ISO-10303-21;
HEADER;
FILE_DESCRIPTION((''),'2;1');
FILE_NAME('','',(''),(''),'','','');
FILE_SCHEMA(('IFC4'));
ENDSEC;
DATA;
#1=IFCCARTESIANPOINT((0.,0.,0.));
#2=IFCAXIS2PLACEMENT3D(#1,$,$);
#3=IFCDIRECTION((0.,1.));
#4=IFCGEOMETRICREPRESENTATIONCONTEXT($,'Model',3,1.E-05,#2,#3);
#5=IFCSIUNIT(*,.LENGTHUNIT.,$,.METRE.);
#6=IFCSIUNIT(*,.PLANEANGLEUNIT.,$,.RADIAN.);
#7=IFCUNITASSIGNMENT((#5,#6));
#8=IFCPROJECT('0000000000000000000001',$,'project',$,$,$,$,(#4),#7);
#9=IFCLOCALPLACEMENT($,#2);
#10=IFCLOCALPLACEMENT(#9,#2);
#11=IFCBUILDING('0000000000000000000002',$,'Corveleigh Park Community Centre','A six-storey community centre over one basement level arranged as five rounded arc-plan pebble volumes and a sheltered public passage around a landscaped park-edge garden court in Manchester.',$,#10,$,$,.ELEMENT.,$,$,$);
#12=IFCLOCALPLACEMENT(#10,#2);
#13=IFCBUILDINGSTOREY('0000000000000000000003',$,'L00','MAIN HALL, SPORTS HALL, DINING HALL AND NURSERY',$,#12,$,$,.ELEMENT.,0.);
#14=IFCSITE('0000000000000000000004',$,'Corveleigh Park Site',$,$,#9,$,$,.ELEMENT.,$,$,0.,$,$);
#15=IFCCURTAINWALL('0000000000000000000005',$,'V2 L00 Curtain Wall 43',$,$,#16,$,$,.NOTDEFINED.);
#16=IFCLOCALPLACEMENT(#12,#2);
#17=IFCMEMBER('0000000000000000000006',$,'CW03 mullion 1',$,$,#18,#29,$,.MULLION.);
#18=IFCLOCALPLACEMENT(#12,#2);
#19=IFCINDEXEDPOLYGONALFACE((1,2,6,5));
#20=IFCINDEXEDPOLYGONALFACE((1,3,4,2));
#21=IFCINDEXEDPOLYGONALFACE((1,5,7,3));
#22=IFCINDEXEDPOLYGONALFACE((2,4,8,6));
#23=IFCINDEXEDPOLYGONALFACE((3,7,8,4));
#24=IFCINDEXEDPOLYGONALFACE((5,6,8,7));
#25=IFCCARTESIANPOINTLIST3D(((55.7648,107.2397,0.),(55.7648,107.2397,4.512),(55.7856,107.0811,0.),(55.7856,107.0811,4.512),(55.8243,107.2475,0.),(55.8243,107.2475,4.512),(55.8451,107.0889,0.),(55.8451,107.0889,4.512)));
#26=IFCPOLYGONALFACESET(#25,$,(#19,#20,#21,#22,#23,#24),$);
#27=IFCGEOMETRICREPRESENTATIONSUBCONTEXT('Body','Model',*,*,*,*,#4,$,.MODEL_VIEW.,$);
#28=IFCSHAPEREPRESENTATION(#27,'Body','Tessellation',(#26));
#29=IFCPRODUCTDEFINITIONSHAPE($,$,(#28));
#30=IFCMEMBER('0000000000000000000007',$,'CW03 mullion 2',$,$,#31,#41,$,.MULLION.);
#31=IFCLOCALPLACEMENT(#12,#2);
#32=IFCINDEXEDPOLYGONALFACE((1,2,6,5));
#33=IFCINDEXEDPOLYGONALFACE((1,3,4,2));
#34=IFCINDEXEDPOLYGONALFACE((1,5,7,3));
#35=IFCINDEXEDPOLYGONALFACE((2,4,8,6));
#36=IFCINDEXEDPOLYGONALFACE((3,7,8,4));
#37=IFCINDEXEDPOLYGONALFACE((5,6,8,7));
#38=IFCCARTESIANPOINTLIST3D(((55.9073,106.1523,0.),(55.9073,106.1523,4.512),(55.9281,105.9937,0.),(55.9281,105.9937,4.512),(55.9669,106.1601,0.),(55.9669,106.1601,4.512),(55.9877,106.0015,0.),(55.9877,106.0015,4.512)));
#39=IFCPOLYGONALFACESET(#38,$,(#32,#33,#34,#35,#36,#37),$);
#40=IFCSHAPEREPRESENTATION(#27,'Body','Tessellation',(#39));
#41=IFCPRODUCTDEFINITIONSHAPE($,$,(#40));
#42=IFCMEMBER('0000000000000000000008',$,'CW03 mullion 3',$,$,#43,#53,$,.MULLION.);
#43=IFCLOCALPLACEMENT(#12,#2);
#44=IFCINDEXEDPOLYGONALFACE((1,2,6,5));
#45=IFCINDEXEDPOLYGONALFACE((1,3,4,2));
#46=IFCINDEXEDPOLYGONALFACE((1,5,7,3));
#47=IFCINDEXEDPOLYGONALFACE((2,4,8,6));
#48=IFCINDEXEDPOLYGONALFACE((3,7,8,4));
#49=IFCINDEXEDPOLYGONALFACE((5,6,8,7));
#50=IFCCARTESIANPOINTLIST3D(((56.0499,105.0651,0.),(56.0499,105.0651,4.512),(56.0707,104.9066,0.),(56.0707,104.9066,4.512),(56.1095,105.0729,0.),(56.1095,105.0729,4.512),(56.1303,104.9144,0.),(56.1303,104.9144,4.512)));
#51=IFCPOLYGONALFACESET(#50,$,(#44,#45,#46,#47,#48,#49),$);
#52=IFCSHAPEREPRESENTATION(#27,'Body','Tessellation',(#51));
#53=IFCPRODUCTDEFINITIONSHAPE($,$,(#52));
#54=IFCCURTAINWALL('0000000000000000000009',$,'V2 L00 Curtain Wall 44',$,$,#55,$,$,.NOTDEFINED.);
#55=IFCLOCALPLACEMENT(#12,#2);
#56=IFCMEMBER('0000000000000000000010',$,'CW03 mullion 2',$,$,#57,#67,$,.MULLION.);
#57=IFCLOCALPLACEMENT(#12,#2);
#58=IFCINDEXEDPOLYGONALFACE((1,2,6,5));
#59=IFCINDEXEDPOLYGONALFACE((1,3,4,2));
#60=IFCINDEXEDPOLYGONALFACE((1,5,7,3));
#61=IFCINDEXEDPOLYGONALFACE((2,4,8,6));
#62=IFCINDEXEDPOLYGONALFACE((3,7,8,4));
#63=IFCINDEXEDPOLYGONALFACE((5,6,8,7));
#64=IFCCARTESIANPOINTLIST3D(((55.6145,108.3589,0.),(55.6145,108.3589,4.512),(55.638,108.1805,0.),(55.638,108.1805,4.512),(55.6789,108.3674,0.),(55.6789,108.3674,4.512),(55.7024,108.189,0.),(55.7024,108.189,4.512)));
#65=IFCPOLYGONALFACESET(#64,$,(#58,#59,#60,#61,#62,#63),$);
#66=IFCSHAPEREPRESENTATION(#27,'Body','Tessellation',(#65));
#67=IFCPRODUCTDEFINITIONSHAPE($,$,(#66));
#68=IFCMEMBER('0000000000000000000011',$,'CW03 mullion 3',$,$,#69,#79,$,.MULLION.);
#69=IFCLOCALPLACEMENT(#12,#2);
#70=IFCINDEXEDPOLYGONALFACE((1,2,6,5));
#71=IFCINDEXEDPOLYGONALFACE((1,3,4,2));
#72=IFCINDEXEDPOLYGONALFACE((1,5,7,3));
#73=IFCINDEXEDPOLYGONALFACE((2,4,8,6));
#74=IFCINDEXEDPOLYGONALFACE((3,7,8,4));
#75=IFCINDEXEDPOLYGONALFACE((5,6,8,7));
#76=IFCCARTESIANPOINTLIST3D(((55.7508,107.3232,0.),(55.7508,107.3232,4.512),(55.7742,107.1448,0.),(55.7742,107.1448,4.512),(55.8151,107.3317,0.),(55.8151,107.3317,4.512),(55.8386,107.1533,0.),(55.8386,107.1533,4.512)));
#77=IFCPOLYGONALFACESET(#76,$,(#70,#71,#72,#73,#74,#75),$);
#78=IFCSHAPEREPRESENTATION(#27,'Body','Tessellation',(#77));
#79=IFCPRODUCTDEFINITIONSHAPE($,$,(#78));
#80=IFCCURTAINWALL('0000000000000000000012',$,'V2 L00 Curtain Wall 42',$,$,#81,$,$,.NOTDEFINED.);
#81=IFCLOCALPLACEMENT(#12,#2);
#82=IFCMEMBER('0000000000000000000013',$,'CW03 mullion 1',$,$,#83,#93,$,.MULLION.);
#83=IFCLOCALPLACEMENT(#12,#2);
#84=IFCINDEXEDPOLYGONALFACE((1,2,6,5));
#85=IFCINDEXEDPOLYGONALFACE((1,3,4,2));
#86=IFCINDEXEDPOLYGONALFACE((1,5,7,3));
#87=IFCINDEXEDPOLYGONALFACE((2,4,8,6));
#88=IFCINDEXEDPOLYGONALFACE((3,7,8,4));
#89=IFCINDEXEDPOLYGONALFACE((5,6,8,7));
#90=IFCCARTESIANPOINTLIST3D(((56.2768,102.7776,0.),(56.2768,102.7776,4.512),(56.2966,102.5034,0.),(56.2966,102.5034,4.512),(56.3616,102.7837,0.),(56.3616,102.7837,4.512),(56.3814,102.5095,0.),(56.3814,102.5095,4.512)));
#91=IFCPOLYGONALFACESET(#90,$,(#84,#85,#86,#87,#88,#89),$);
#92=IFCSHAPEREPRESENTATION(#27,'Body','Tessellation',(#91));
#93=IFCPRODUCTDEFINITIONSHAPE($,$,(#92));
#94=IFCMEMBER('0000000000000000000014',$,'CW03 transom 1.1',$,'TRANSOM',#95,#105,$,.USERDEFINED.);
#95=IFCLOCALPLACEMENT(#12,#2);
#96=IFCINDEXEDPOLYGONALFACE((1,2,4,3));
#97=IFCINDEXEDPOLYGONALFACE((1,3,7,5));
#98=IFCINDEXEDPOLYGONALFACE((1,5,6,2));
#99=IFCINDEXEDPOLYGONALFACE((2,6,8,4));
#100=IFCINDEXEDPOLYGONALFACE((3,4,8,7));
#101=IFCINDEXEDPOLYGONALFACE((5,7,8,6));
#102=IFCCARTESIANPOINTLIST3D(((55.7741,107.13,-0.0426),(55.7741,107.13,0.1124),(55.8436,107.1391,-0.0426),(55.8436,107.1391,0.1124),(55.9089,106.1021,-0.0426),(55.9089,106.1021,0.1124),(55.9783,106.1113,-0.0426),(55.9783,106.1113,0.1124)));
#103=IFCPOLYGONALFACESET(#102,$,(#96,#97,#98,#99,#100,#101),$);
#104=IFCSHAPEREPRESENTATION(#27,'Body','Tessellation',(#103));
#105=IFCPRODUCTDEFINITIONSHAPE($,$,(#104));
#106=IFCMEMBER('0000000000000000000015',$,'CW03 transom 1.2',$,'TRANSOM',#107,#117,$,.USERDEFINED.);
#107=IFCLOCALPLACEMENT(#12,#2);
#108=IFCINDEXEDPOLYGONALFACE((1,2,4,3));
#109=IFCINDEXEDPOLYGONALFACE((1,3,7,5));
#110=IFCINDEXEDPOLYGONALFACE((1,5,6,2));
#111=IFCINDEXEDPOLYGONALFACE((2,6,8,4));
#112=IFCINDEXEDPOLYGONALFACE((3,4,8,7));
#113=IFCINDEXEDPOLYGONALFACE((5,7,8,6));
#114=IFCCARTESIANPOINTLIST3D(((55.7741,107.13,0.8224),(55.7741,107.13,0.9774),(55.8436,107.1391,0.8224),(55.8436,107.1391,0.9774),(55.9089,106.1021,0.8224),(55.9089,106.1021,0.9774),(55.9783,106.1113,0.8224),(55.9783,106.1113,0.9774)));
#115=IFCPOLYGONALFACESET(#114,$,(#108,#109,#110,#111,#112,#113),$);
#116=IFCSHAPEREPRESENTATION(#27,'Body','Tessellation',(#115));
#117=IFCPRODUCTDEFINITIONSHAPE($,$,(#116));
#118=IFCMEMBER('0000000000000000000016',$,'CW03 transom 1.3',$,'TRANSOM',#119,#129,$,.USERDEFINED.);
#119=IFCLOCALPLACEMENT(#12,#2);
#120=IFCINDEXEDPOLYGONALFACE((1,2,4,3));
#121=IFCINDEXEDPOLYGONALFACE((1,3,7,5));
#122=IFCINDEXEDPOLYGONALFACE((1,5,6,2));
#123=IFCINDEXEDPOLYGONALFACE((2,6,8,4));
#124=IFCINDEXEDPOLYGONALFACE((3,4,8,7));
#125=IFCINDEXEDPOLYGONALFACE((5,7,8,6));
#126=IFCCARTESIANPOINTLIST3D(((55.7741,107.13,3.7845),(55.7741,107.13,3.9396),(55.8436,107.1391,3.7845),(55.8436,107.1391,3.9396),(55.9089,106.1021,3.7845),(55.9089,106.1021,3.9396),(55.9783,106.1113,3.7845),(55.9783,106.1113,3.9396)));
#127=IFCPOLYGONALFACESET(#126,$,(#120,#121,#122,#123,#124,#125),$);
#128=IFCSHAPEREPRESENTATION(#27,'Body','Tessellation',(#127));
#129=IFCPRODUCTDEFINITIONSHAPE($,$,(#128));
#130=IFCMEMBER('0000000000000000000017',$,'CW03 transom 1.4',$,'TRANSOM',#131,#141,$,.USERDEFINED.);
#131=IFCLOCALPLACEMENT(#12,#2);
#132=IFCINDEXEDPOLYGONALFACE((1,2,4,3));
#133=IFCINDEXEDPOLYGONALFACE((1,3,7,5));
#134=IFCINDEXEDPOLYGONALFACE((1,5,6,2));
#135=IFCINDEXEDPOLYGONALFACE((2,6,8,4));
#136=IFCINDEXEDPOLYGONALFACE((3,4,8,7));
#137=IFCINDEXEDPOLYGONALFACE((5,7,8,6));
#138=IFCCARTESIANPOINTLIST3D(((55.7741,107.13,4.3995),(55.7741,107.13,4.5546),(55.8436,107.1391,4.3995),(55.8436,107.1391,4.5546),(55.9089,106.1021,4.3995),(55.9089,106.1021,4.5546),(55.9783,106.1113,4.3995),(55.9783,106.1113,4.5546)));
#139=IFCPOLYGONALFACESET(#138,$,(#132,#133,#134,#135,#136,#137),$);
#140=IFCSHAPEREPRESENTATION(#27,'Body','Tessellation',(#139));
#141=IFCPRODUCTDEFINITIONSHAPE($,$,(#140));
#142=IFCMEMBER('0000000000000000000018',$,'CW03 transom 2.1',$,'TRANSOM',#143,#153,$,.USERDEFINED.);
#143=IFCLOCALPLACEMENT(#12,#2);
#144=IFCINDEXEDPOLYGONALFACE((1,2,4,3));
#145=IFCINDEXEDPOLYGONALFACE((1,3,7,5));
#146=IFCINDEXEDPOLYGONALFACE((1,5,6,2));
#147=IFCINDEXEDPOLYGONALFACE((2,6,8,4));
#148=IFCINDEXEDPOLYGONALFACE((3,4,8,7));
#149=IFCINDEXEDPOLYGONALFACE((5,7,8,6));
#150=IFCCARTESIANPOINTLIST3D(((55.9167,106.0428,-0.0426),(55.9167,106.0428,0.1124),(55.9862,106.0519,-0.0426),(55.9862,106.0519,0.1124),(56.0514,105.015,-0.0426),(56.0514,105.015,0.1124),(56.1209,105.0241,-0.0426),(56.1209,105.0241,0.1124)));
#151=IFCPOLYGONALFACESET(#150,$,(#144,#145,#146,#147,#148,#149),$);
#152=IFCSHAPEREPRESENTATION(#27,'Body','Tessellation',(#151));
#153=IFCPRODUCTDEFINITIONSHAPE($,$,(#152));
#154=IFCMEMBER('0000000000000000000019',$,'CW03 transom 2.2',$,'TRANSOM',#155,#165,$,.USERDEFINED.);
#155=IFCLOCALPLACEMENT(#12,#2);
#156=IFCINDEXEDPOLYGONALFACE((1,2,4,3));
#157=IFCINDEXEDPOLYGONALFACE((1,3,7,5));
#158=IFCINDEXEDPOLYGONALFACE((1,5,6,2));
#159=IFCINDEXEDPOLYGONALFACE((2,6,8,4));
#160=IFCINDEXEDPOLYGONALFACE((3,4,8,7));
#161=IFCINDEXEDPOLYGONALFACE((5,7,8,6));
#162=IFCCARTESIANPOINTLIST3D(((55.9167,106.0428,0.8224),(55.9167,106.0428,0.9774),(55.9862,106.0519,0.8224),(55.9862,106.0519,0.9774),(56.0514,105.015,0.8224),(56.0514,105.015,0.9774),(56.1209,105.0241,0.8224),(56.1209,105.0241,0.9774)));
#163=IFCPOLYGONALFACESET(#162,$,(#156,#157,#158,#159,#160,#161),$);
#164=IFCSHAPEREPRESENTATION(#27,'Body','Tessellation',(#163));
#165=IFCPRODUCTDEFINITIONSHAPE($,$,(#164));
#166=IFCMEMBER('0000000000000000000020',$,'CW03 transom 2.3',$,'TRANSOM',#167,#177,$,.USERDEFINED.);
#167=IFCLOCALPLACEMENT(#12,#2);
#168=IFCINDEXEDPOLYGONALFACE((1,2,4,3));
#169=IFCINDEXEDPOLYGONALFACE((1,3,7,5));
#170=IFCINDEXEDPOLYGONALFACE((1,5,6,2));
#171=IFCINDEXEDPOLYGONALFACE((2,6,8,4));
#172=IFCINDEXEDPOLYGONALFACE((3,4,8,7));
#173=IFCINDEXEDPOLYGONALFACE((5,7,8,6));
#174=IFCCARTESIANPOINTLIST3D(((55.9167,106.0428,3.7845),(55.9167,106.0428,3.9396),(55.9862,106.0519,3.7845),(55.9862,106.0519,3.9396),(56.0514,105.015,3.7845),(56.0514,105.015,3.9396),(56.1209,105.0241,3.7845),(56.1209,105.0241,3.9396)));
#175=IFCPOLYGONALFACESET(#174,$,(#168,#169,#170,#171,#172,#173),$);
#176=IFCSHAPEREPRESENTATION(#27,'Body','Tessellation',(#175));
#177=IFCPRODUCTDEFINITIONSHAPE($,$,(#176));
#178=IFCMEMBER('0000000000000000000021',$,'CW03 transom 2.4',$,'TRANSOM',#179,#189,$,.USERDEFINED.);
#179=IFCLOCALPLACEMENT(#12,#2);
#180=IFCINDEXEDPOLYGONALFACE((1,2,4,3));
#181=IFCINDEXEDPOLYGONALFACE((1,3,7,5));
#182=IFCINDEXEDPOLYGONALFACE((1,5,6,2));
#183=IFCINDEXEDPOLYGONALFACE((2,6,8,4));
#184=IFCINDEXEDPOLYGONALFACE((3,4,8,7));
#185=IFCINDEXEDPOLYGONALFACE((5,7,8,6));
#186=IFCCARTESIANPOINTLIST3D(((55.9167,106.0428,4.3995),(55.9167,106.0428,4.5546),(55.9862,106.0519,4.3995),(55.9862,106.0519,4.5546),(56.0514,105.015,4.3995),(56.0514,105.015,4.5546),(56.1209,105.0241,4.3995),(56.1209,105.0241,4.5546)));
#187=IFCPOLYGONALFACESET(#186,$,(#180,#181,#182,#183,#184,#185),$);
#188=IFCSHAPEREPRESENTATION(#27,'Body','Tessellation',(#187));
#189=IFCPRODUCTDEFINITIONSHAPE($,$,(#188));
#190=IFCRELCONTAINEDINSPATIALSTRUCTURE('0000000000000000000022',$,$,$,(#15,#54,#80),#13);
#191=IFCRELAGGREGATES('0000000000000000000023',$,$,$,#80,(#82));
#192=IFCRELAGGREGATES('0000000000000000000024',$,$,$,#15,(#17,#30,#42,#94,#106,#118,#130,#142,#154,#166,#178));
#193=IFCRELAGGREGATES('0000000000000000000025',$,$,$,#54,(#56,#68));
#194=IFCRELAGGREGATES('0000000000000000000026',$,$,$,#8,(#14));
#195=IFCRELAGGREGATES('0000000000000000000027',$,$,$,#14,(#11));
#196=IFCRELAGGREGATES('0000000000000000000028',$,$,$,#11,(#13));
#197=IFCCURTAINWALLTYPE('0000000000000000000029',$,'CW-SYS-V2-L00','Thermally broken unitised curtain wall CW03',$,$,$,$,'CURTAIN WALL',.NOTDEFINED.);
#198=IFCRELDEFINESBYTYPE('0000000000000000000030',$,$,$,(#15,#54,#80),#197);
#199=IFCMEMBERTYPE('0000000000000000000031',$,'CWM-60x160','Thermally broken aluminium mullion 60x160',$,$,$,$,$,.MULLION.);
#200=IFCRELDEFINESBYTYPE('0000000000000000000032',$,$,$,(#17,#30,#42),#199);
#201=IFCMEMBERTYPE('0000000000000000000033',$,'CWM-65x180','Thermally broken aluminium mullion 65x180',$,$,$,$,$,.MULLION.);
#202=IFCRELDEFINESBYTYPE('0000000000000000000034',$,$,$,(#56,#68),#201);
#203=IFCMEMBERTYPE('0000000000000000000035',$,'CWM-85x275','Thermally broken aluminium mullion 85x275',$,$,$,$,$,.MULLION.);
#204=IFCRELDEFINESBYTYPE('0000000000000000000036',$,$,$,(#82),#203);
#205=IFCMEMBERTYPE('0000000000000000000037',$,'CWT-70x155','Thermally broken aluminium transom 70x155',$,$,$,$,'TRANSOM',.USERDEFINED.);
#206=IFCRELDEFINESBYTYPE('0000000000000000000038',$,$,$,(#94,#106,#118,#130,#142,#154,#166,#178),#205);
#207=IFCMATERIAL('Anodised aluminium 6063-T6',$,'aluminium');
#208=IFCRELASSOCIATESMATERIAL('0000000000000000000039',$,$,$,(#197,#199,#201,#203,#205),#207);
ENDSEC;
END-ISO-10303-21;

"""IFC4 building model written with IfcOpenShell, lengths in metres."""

from ifc_helpers import new_model, si_unit, direction, frame, origin, origin_2d, place, context, subcontext, project, spatial, rectangle, extrude, material, material_profile, profile_set, type_object, element, aggregate, save


model = new_model("IFC4")

# Units and contexts
model_context = context("Model", 3, precision=1e-05, world=origin(), true_north=direction((0.0, 1.0)))
body_context = subcontext(model_context, "Body", "Model", "MODEL_VIEW")
ifc_project = project(units=[si_unit("LENGTHUNIT", "METRE"), si_unit("PLANEANGLEUNIT", "RADIAN")], contexts=[model_context])

# Site, building, storey
site_placement = place(None, origin())
site = spatial("IfcSite", under=ifc_project, at=site_placement, Name="Corveleigh Park Site", CompositionType="ELEMENT", RefElevation=0.0)
building_placement = place(site_placement, origin())
building = spatial("IfcBuilding", under=site, at=building_placement, Name="Corveleigh Park Community Centre", Description="A six-storey community centre over one basement level arranged as five rounded arc-plan pebble volumes and a sheltered public passage around a landscaped park-edge garden court in Manchester.", CompositionType="ELEMENT")
storey_placement = place(building_placement, origin())
storey = spatial("IfcBuildingStorey", under=building, at=storey_placement, Name="L00", Description="MAIN HALL, SPORTS HALL, DINING HALL AND NURSERY", CompositionType="ELEMENT", Elevation=0.0)

# Curtain walls, members
ifc_material_1 = material(Name="Anodised aluminium 6063-T6", Category="aluminium")
curtain_wall_type = type_object("IfcCurtainWallType", Name="CW-SYS-V2-L00", Description="Thermally broken unitised curtain wall CW03", ElementType="CURTAIN WALL", PredefinedType="NOTDEFINED", material=ifc_material_1)
curtain_wall_1_placement = place(storey_placement, origin())
curtain_wall_1 = element("IfcCurtainWall", 1, at=curtain_wall_1_placement, inside=storey, type_object=curtain_wall_type, Name="V2 L00 Curtain Wall 43", PredefinedType="NOTDEFINED")
ifc_material_profile_1 = material_profile(ifc_material_1, rectangle(XDim=0.0601, YDim=0.1599, at=origin_2d()), Name="ALU-M60x160", Category="aluminium")
ifc_profile_set_1 = profile_set([ifc_material_profile_1], Name="Anodised aluminium 6063-T6")
member_type_1 = type_object("IfcMemberType", Name="CWM-60x160", Description="Thermally broken aluminium mullion 60x160", PredefinedType="MULLION", material=ifc_profile_set_1)
member_1_placement = place(storey_placement, frame((55.8049, 107.1643, 0.0), z_axis=(0.0, 0.0, 1.0), x_axis=(0.991509, 0.130041, 0.0)))
member_1 = element("IfcMember", 2, at=member_1_placement, type_object=member_type_1, Name="CW03 mullion 1", PredefinedType="MULLION", context=body_context, shape_type="SweptSolid", body=[
    extrude(rectangle(XDim=0.0601, YDim=0.1599, at=origin_2d()), origin(), (0.0, 0.0, 1.0), 4.512),
])
member_2_placement = place(storey_placement, frame((55.9475, 106.0769, 0.0), z_axis=(0.0, 0.0, 1.0), x_axis=(0.991509, 0.130041, 0.0)))
member_2 = element("IfcMember", 3, at=member_2_placement, type_object=member_type_1, Name="CW03 mullion 2", PredefinedType="MULLION", context=body_context, shape_type="SweptSolid", body=[
    extrude(rectangle(XDim=0.0601, YDim=0.1599, at=origin_2d()), origin(), (0.0, 0.0, 1.0), 4.512),
])
member_3_placement = place(storey_placement, frame((56.0901, 104.9897, 0.0), z_axis=(0.0, 0.0, 1.0), x_axis=(0.991509, 0.130041, 0.0)))
member_3 = element("IfcMember", 4, at=member_3_placement, type_object=member_type_1, Name="CW03 mullion 3", PredefinedType="MULLION", context=body_context, shape_type="SweptSolid", body=[
    extrude(rectangle(XDim=0.0601, YDim=0.1599, at=origin_2d()), origin(), (0.0, 0.0, 1.0), 4.512),
])
curtain_wall_2_placement = place(storey_placement, origin())
curtain_wall_2 = element("IfcCurtainWall", 5, at=curtain_wall_2_placement, inside=storey, type_object=curtain_wall_type, Name="V2 L00 Curtain Wall 44", PredefinedType="NOTDEFINED")
ifc_material_profile_2 = material_profile(ifc_material_1, rectangle(XDim=0.0649, YDim=0.1799, at=origin_2d()), Name="ALU-M65x180", Category="aluminium")
ifc_profile_set_2 = profile_set([ifc_material_profile_2], Name="Anodised aluminium 6063-T6")
member_type_2 = type_object("IfcMemberType", Name="CWM-65x180", Description="Thermally broken aluminium mullion 65x180", PredefinedType="MULLION", material=ifc_profile_set_2)
member_4_placement = place(storey_placement, frame((55.6584, 108.2739, 0.0), z_axis=(0.0, 0.0, 1.0), x_axis=(0.991457, 0.13043, 0.0)))
member_4 = element("IfcMember", 6, at=member_4_placement, type_object=member_type_2, Name="CW03 mullion 2", PredefinedType="MULLION", context=body_context, shape_type="SweptSolid", body=[
    extrude(rectangle(XDim=0.0649, YDim=0.1799, at=origin_2d()), origin(), (0.0, 0.0, 1.0), 4.512),
])
member_5_placement = place(storey_placement, frame((55.7947, 107.2383, 0.0), z_axis=(0.0, 0.0, 1.0), x_axis=(0.991457, 0.13043, 0.0)))
member_5 = element("IfcMember", 7, at=member_5_placement, type_object=member_type_2, Name="CW03 mullion 3", PredefinedType="MULLION", context=body_context, shape_type="SweptSolid", body=[
    extrude(rectangle(XDim=0.0649, YDim=0.1799, at=origin_2d()), origin(), (0.0, 0.0, 1.0), 4.512),
])

# Curtain wall, member
curtain_wall_3_placement = place(storey_placement, origin())
curtain_wall_3 = element("IfcCurtainWall", 8, at=curtain_wall_3_placement, inside=storey, type_object=curtain_wall_type, Name="V2 L00 Curtain Wall 42", PredefinedType="NOTDEFINED")
ifc_material_profile_3 = material_profile(ifc_material_1, rectangle(XDim=0.085, YDim=0.2749, at=origin_2d()), Name="ALU-M85x275", Category="aluminium")
ifc_profile_set_3 = profile_set([ifc_material_profile_3], Name="Anodised aluminium 6063-T6")
member_type_3 = type_object("IfcMemberType", Name="CWM-85x275", Description="Thermally broken aluminium mullion 85x275", PredefinedType="MULLION", material=ifc_profile_set_3)
member_6_placement = place(storey_placement, frame((56.3291, 102.6436, 0.0), z_axis=(0.0, 0.0, 1.0), x_axis=(0.997404, 0.072005, 0.0)))
member_6 = element("IfcMember", 9, at=member_6_placement, type_object=member_type_3, Name="CW03 mullion 1", PredefinedType="MULLION", context=body_context, shape_type="SweptSolid", body=[
    extrude(rectangle(XDim=0.085, YDim=0.2749, at=origin_2d()), origin(), (0.0, 0.0, 1.0), 4.512),
])
aggregate(curtain_wall_3, [member_6])

# Members
ifc_material_profile_4 = material_profile(ifc_material_1, rectangle(XDim=0.0701, YDim=0.155, at=origin_2d()), Name="ALU-T70x155", Category="aluminium")
ifc_profile_set_4 = profile_set([ifc_material_profile_4], Name="Anodised aluminium 6063-T6")
member_type_4 = type_object("IfcMemberType", Name="CWT-70x155", Description="Thermally broken aluminium transom 70x155", ElementType="TRANSOM", PredefinedType="USERDEFINED", material=ifc_profile_set_4)
member_7_placement = place(storey_placement, frame((55.8088, 107.1345, 0.0349), z_axis=(0.130004, -0.991514, 0.0), x_axis=(0.991514, 0.130004, 0.0)))
member_7 = element("IfcMember", 10, at=member_7_placement, type_object=member_type_4, Name="CW03 transom 1.1", ObjectType="TRANSOM", PredefinedType="USERDEFINED", context=body_context, shape_type="SweptSolid", body=[
    extrude(rectangle(XDim=0.0701, YDim=0.155, at=origin_2d()), origin(), (0.0, 0.0, 1.0), 1.0366),
])
member_8_placement = place(storey_placement, frame((55.8088, 107.1345, 0.8999), z_axis=(0.130004, -0.991514, 0.0), x_axis=(0.991514, 0.130004, 0.0)))
member_8 = element("IfcMember", 11, at=member_8_placement, type_object=member_type_4, Name="CW03 transom 1.2", ObjectType="TRANSOM", PredefinedType="USERDEFINED", context=body_context, shape_type="SweptSolid", body=[
    extrude(rectangle(XDim=0.0701, YDim=0.155, at=origin_2d()), origin(), (0.0, 0.0, 1.0), 1.0366),
])
member_9_placement = place(storey_placement, frame((55.8088, 107.1345, 3.8621), z_axis=(0.130004, -0.991514, 0.0), x_axis=(0.991514, 0.130004, 0.0)))
member_9 = element("IfcMember", 12, at=member_9_placement, type_object=member_type_4, Name="CW03 transom 1.3", ObjectType="TRANSOM", PredefinedType="USERDEFINED", context=body_context, shape_type="SweptSolid", body=[
    extrude(rectangle(XDim=0.0701, YDim=0.155, at=origin_2d()), origin(), (0.0, 0.0, 1.0), 1.0366),
])
member_10_placement = place(storey_placement, frame((55.8088, 107.1345, 4.4771), z_axis=(0.130004, -0.991514, 0.0), x_axis=(0.991514, 0.130004, 0.0)))
member_10 = element("IfcMember", 13, at=member_10_placement, type_object=member_type_4, Name="CW03 transom 1.4", ObjectType="TRANSOM", PredefinedType="USERDEFINED", context=body_context, shape_type="SweptSolid", body=[
    extrude(rectangle(XDim=0.0701, YDim=0.155, at=origin_2d()), origin(), (0.0, 0.0, 1.0), 1.0366),
])
member_11_placement = place(storey_placement, frame((55.9514, 106.0474, 0.0349), z_axis=(0.130004, -0.991514, 0.0), x_axis=(0.991514, 0.130004, 0.0)))
member_11 = element("IfcMember", 14, at=member_11_placement, type_object=member_type_4, Name="CW03 transom 2.1", ObjectType="TRANSOM", PredefinedType="USERDEFINED", context=body_context, shape_type="SweptSolid", body=[
    extrude(rectangle(XDim=0.0701, YDim=0.155, at=origin_2d()), origin(), (0.0, 0.0, 1.0), 1.0366),
])
member_12_placement = place(storey_placement, frame((55.9514, 106.0474, 0.8999), z_axis=(0.130004, -0.991514, 0.0), x_axis=(0.991514, 0.130004, 0.0)))
member_12 = element("IfcMember", 15, at=member_12_placement, type_object=member_type_4, Name="CW03 transom 2.2", ObjectType="TRANSOM", PredefinedType="USERDEFINED", context=body_context, shape_type="SweptSolid", body=[
    extrude(rectangle(XDim=0.0701, YDim=0.155, at=origin_2d()), origin(), (0.0, 0.0, 1.0), 1.0366),
])
member_13_placement = place(storey_placement, frame((55.9514, 106.0474, 3.8621), z_axis=(0.130004, -0.991514, 0.0), x_axis=(0.991514, 0.130004, 0.0)))
member_13 = element("IfcMember", 16, at=member_13_placement, type_object=member_type_4, Name="CW03 transom 2.3", ObjectType="TRANSOM", PredefinedType="USERDEFINED", context=body_context, shape_type="SweptSolid", body=[
    extrude(rectangle(XDim=0.0701, YDim=0.155, at=origin_2d()), origin(), (0.0, 0.0, 1.0), 1.0366),
])
member_14_placement = place(storey_placement, frame((55.9514, 106.0474, 4.4771), z_axis=(0.130004, -0.991514, 0.0), x_axis=(0.991514, 0.130004, 0.0)))
member_14 = element("IfcMember", 17, at=member_14_placement, type_object=member_type_4, Name="CW03 transom 2.4", ObjectType="TRANSOM", PredefinedType="USERDEFINED", context=body_context, shape_type="SweptSolid", body=[
    extrude(rectangle(XDim=0.0701, YDim=0.155, at=origin_2d()), origin(), (0.0, 0.0, 1.0), 1.0366),
])

aggregate(curtain_wall_1, [member_1, member_2, member_3, member_7, member_8, member_9, member_10, member_11, member_12, member_13, member_14])
aggregate(curtain_wall_2, [member_4, member_5])

save(model, "model.ifc")
